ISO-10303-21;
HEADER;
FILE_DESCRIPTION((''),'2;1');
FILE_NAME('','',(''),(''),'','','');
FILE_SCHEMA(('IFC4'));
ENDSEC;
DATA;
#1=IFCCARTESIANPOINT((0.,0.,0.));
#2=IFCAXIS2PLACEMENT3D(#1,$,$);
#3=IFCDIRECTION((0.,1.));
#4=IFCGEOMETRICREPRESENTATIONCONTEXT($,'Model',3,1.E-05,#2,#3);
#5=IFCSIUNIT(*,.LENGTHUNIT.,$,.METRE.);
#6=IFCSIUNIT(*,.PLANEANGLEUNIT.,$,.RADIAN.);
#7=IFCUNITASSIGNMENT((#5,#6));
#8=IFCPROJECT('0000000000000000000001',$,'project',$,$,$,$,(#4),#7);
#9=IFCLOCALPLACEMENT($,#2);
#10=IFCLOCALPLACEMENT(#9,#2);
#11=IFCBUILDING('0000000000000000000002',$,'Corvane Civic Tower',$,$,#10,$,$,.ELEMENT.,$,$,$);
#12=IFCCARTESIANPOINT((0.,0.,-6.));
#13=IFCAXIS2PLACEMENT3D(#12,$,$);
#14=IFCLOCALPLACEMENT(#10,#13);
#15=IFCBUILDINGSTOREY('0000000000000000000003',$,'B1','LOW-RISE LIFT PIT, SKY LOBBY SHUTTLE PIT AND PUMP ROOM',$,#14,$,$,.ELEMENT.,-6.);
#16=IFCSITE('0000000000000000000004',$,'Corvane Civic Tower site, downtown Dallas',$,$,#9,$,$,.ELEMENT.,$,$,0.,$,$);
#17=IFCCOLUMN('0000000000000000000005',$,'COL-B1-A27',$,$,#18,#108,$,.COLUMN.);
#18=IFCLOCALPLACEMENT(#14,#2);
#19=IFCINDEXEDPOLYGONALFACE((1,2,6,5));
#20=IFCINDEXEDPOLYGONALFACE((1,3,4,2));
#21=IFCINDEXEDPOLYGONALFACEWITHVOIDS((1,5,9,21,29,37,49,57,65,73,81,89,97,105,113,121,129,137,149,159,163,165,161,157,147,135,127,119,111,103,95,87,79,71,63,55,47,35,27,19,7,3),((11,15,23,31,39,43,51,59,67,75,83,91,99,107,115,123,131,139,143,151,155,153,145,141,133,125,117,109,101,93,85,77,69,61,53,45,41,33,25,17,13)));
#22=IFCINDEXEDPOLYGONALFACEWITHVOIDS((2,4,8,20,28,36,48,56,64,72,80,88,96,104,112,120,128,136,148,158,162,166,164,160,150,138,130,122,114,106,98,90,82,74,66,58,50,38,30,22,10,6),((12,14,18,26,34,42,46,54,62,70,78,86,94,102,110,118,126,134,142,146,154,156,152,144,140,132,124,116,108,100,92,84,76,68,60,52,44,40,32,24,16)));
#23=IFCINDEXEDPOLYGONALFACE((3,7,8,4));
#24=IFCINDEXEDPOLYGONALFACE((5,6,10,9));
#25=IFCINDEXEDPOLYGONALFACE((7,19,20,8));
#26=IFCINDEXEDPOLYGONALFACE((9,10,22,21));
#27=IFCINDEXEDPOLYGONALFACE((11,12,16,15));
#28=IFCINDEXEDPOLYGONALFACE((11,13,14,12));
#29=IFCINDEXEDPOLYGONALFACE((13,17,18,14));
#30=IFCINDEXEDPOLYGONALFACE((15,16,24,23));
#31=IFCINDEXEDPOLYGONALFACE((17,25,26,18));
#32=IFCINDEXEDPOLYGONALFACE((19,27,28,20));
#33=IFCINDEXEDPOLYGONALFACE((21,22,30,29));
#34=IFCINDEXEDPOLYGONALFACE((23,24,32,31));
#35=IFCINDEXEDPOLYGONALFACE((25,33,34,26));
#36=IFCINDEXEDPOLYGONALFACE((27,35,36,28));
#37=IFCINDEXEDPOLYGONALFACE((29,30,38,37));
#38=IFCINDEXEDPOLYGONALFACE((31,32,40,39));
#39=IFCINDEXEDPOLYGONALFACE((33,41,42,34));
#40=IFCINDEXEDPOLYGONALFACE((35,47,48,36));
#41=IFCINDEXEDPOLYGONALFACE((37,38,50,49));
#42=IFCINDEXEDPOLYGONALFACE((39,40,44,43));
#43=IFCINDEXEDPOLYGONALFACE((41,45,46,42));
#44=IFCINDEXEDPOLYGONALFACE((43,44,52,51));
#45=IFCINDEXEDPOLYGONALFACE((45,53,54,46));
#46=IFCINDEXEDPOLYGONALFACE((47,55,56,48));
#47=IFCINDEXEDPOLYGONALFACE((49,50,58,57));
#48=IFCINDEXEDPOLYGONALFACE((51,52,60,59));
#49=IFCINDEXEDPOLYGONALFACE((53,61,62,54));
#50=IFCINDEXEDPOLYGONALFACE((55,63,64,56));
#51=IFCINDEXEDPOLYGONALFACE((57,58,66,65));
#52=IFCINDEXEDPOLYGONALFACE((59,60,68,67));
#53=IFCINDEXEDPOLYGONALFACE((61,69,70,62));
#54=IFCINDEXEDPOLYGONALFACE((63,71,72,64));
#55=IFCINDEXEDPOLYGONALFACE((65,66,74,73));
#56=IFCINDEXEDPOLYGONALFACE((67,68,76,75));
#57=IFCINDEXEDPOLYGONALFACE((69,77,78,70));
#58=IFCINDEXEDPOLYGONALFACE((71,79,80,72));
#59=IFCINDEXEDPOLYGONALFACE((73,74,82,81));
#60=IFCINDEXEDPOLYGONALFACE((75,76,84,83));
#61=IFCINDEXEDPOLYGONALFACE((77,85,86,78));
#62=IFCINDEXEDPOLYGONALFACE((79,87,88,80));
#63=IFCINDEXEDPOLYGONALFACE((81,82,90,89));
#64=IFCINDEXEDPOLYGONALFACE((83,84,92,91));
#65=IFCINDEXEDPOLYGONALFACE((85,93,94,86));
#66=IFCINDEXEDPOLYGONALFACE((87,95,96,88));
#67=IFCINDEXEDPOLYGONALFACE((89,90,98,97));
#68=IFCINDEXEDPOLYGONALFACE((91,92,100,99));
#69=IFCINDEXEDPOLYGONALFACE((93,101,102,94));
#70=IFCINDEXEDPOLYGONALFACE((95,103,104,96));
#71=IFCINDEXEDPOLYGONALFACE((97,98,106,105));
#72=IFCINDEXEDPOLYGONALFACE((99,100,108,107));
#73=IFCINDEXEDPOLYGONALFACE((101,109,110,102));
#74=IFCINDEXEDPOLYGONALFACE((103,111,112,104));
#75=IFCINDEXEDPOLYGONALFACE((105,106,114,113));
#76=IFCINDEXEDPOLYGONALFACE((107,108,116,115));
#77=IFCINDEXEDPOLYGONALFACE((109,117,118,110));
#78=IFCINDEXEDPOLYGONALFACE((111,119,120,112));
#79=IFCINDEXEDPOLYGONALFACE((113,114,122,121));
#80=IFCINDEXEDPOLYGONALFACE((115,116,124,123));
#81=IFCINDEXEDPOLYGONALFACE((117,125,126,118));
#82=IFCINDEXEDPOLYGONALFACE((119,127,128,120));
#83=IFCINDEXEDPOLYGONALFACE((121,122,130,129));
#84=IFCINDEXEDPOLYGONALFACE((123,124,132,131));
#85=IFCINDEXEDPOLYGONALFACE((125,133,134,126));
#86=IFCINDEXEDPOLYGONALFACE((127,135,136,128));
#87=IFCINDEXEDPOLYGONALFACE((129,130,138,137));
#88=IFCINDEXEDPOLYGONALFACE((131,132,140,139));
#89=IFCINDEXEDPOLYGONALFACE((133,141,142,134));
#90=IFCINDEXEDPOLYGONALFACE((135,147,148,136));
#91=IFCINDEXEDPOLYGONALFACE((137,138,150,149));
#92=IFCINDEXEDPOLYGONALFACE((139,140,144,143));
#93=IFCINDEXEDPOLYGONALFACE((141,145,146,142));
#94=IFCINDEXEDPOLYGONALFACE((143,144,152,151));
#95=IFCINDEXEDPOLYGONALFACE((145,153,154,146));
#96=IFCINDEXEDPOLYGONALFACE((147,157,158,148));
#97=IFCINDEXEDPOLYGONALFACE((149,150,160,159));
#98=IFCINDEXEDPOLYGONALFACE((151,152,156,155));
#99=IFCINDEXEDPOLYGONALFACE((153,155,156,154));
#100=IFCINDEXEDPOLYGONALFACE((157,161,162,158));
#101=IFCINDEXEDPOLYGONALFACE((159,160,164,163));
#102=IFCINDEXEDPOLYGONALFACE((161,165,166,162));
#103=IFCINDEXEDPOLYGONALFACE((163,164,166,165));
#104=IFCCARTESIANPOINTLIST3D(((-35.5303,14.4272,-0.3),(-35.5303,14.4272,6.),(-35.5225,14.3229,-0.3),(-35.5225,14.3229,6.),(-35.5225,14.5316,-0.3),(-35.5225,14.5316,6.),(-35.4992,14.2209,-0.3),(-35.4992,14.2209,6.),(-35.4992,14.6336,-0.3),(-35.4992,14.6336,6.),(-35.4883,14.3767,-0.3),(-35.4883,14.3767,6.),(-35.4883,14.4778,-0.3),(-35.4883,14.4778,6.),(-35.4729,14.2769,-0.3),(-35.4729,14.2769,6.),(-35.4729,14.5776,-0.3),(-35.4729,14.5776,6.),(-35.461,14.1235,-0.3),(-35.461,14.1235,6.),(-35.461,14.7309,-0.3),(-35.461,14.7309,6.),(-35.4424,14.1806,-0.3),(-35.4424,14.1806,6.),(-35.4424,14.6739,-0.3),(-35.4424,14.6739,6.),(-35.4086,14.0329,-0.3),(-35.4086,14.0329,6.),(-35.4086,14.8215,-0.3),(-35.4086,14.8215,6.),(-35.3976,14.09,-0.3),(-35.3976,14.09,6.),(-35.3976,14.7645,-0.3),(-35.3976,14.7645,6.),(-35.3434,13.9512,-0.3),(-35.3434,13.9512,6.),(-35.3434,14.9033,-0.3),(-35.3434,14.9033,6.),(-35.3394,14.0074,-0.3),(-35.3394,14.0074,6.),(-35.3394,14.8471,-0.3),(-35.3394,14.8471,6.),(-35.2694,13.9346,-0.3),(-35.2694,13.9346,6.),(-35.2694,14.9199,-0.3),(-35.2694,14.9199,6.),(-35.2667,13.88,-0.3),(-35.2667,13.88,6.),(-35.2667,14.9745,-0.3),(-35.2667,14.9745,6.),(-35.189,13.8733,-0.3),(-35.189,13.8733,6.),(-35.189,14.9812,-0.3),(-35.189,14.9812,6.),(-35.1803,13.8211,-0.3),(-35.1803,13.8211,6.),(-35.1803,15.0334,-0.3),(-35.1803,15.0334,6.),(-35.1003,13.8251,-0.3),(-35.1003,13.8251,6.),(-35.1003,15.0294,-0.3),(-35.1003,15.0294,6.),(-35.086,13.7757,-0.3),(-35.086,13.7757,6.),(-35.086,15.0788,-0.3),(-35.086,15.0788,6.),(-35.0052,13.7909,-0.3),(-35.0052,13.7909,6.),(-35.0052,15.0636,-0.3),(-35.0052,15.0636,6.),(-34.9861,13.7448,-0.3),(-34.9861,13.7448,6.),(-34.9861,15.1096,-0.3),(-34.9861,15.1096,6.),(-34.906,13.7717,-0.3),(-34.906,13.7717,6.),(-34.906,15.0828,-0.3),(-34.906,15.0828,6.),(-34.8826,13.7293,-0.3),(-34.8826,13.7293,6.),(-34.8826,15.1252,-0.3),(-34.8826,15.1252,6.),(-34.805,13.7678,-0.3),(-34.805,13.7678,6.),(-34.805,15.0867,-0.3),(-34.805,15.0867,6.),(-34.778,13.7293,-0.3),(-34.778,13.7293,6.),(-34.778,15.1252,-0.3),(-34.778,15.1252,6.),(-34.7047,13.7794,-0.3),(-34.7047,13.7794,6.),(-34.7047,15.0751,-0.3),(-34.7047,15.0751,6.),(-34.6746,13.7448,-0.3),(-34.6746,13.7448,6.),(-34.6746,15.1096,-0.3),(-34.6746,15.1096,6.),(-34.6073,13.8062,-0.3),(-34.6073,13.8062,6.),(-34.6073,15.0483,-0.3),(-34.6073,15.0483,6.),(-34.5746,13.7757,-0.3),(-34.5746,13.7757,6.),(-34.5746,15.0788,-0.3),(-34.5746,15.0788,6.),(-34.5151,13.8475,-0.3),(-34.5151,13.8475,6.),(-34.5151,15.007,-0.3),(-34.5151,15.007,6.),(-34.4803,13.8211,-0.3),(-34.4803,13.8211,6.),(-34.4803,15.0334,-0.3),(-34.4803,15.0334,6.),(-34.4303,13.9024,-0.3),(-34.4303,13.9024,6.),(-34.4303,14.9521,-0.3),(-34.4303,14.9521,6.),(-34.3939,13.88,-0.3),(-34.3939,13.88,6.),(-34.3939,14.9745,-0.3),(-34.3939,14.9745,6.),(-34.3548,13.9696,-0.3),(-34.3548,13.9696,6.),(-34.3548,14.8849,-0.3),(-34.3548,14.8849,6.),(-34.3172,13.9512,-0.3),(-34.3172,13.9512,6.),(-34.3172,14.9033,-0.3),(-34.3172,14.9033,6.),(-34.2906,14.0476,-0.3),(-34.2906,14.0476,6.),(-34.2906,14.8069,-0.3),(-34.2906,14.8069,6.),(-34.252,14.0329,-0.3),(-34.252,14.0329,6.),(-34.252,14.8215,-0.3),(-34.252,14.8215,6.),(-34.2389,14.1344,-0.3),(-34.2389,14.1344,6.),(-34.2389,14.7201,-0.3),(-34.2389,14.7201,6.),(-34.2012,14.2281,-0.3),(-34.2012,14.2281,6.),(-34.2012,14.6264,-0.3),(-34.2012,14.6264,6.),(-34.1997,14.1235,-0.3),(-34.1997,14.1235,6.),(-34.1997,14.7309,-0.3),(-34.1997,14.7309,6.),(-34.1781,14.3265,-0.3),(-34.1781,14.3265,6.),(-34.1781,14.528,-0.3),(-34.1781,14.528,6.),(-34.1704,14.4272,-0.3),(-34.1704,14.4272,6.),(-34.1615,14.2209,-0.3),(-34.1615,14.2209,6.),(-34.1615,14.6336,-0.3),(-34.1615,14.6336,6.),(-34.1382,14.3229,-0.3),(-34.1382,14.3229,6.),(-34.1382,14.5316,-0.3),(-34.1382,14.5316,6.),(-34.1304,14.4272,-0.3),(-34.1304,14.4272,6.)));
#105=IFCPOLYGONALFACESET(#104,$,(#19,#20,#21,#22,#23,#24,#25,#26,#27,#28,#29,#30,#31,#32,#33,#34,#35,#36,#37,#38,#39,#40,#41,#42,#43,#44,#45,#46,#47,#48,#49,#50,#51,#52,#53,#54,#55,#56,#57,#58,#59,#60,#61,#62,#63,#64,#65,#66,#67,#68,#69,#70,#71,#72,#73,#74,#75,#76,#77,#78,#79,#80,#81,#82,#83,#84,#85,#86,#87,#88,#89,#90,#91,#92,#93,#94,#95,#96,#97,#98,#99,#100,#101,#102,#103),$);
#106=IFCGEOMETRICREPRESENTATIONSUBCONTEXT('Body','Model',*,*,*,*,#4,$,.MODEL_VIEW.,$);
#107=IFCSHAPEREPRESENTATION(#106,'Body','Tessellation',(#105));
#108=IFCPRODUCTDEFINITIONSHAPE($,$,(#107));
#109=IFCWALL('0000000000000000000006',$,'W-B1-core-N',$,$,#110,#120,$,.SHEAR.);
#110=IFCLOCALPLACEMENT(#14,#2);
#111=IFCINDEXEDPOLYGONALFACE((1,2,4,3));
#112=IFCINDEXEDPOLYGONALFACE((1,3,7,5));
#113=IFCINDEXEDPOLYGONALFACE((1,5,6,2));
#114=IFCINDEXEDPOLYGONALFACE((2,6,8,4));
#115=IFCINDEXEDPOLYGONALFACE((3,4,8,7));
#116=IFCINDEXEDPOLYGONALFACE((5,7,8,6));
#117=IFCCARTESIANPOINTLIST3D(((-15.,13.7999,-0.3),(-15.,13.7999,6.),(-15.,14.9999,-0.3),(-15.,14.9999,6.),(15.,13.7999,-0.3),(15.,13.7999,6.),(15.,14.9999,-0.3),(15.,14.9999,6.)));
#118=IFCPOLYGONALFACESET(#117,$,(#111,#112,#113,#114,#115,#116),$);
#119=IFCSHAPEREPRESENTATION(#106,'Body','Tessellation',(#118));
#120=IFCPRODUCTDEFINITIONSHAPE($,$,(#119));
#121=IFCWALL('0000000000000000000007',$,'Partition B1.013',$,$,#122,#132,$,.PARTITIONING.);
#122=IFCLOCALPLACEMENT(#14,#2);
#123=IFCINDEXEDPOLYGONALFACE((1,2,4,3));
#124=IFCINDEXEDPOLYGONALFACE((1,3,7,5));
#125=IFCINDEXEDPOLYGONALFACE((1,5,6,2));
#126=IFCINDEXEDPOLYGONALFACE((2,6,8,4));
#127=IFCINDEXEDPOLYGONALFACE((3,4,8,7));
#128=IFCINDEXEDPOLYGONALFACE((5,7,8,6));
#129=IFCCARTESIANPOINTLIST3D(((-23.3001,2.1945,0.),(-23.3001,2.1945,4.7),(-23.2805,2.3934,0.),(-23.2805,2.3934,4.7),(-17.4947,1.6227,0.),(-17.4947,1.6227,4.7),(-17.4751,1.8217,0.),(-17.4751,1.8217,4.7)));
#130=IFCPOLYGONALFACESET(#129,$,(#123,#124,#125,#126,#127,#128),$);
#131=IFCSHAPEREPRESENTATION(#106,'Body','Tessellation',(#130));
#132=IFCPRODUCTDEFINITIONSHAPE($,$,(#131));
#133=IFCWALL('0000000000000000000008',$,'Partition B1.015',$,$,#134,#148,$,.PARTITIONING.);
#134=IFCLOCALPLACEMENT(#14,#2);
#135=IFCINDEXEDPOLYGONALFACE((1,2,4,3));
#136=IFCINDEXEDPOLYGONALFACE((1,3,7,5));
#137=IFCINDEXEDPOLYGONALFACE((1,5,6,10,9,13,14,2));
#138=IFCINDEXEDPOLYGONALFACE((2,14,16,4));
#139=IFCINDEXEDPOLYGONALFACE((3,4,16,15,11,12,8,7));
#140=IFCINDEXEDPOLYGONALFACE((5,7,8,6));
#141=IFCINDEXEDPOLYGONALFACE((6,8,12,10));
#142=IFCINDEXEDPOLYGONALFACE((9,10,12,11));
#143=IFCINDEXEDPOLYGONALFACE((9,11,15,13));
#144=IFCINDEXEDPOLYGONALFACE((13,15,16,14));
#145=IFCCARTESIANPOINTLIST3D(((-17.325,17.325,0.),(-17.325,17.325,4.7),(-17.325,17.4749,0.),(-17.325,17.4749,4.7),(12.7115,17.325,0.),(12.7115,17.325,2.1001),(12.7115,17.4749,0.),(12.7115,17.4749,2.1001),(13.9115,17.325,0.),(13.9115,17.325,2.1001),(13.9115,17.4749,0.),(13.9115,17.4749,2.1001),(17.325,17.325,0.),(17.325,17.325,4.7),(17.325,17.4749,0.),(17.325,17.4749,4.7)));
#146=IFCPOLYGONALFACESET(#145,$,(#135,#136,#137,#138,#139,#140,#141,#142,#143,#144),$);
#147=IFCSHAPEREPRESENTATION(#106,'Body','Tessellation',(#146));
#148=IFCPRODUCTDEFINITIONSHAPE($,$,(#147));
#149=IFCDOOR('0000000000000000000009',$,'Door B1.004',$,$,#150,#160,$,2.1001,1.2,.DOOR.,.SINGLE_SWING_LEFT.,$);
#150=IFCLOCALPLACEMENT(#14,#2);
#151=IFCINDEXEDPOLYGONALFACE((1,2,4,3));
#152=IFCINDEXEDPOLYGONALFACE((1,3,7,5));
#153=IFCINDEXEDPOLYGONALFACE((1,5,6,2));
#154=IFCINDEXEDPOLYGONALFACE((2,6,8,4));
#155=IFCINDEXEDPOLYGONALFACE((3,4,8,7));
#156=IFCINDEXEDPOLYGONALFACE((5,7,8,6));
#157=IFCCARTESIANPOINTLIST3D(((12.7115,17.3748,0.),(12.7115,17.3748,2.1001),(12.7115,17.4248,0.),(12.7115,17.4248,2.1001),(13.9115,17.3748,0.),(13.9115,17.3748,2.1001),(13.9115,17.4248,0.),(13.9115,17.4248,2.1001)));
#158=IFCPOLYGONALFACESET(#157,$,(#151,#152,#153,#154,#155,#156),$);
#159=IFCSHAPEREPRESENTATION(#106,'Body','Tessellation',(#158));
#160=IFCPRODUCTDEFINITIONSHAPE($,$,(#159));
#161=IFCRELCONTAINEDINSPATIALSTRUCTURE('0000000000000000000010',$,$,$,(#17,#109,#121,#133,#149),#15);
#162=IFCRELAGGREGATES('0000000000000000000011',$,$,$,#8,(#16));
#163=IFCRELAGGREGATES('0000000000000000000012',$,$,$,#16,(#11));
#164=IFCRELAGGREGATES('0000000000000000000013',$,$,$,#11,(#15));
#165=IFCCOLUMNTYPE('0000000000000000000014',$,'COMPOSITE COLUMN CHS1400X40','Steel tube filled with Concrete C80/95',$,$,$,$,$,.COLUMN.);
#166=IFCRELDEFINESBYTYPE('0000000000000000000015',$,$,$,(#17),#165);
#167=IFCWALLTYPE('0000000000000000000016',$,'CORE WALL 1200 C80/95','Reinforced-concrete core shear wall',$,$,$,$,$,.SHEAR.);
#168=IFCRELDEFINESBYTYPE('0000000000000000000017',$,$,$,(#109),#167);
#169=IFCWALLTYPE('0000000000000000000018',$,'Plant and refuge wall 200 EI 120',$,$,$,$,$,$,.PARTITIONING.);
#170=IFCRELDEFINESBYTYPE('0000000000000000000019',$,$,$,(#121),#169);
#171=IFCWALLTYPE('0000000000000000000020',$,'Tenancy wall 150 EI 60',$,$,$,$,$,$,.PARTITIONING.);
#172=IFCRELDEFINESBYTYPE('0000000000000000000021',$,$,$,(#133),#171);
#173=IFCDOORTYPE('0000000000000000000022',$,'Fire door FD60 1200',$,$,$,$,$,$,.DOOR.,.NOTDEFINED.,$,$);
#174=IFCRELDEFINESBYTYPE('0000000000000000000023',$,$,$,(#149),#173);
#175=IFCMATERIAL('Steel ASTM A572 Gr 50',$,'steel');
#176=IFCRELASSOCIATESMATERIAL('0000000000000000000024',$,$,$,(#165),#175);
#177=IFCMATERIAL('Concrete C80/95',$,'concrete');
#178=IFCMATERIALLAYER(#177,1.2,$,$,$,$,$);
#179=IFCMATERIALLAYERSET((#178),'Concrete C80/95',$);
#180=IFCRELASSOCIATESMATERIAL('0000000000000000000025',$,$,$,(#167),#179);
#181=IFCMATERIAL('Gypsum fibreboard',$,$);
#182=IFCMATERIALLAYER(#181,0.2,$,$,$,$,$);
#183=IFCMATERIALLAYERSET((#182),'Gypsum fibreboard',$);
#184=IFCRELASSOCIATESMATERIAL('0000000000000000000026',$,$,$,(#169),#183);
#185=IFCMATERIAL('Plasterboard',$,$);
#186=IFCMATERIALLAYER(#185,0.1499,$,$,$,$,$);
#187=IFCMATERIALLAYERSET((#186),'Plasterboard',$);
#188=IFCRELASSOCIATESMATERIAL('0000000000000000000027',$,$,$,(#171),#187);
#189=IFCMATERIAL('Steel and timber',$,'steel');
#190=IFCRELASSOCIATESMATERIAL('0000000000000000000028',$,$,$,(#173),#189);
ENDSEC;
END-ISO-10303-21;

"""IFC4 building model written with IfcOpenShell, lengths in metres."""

from ifc_helpers import new_model, si_unit, direction, frame, frame_2d, origin, origin_2d, place, context, subcontext, project, spatial, rectangle, hollow_circle, extrude, material, layer, layer_set, material_profile, profile_set, type_object, element, fill, save


model = new_model("IFC4")

# Units and contexts
model_context = context("Model", 3, precision=1e-05, world=origin(), true_north=direction((0.0, 1.0)))
body_context = subcontext(model_context, "Body", "Model", "MODEL_VIEW")
ifc_project = project(units=[si_unit("LENGTHUNIT", "METRE"), si_unit("PLANEANGLEUNIT", "RADIAN")], contexts=[model_context])

# Site, building, storey
site_placement = place(None, origin())
site = spatial("IfcSite", under=ifc_project, at=site_placement, Name="Corvane Civic Tower site, downtown Dallas", CompositionType="ELEMENT", RefElevation=0.0)
building_placement = place(site_placement, origin())
building = spatial("IfcBuilding", under=site, at=building_placement, Name="Corvane Civic Tower", CompositionType="ELEMENT")
storey_placement = place(building_placement, frame((0.0, 0.0, -6.0)))
storey = spatial("IfcBuildingStorey", under=building, at=storey_placement, Name="B1", Description="LOW-RISE LIFT PIT, SKY LOBBY SHUTTLE PIT AND PUMP ROOM", CompositionType="ELEMENT", Elevation=-6.0)

# Column
ifc_material_1 = material(Name="Steel ASTM A572 Gr 50", Category="steel")
ifc_material_profile_1 = material_profile(ifc_material_1, hollow_circle(Radius=0.7, WallThickness=0.04, at=origin_2d()), Name="CHS1400X40")
ifc_profile_set_1 = profile_set([ifc_material_profile_1], Name="Steel ASTM A572 Gr 50")
column_type = type_object("IfcColumnType", Name="COMPOSITE COLUMN CHS1400X40", Description="Steel tube filled with Concrete C80/95", PredefinedType="COLUMN", material=ifc_profile_set_1)
column_placement = place(storey_placement, frame((-34.8303, 14.4272, -0.3), z_axis=(0.0, 0.0, 1.0), x_axis=(1.0, 0.0, 0.0)))
element("IfcColumn", 1, at=column_placement, inside=storey, type_object=column_type, Name="COL-B1-A27", PredefinedType="COLUMN", context=body_context, shape_type="SweptSolid", body=[
    extrude(hollow_circle(Radius=0.7, WallThickness=0.04, at=origin_2d()), origin(), (0.0, 0.0, 1.0), 6.3),
])

# Walls
ifc_material_2 = material(Name="Concrete C80/95", Category="concrete")
ifc_layer_1 = layer(ifc_material_2, 1.2)
ifc_layer_set_1 = layer_set([ifc_layer_1], Name="Concrete C80/95")
wall_type_1 = type_object("IfcWallType", Name="CORE WALL 1200 C80/95", Description="Reinforced-concrete core shear wall", PredefinedType="SHEAR", material=ifc_layer_set_1)
wall_1_placement = place(storey_placement, frame((-15.0, 14.3999, -0.3), z_axis=(0.0, 0.0, 1.0), x_axis=(1.0, 0.0, 0.0)))
element("IfcWall", 2, at=wall_1_placement, inside=storey, type_object=wall_type_1, Name="W-B1-core-N", PredefinedType="SHEAR", context=body_context, shape_type="SweptSolid", body=[
    extrude(rectangle(XDim=30.0, YDim=1.2, at=frame_2d((15.0, 0.0))), origin(), (0.0, 0.0, 1.0), 6.3),
])
ifc_material_3 = material(Name="Gypsum fibreboard")
ifc_layer_2 = layer(ifc_material_3, 0.2)
ifc_layer_set_2 = layer_set([ifc_layer_2], Name="Gypsum fibreboard")
wall_type_2 = type_object("IfcWallType", Name="Plant and refuge wall 200 EI 120", PredefinedType="PARTITIONING", material=ifc_layer_set_2)
wall_2_placement = place(storey_placement, frame((-23.2903, 2.2939, 0.0), z_axis=(0.0, 0.0, 1.0), x_axis=(0.995185, -0.098016, 0.0)))
element("IfcWall", 3, at=wall_2_placement, inside=storey, type_object=wall_type_2, Name="Partition B1.013", PredefinedType="PARTITIONING", context=body_context, shape_type="SweptSolid", body=[
    extrude(rectangle(XDim=5.8335, YDim=0.2, at=frame_2d((2.9167, 0.0))), origin(), (0.0, 0.0, 1.0), 4.7),
])

# Wall, opening, door
ifc_material_4 = material(Name="Plasterboard")
ifc_layer_3 = layer(ifc_material_4, 0.1499)
ifc_layer_set_3 = layer_set([ifc_layer_3], Name="Plasterboard")
wall_type_3 = type_object("IfcWallType", Name="Tenancy wall 150 EI 60", PredefinedType="PARTITIONING", material=ifc_layer_set_3)
wall_3_placement = place(storey_placement, frame((-17.325, 17.3999, 0.0), z_axis=(0.0, 0.0, 1.0), x_axis=(1.0, 0.0, 0.0)))
wall_3 = element("IfcWall", 4, at=wall_3_placement, inside=storey, type_object=wall_type_3, Name="Partition B1.015", PredefinedType="PARTITIONING", context=body_context, shape_type="SweptSolid", body=[
    extrude(rectangle(XDim=34.6499, YDim=0.1499, at=frame_2d((17.325, 0.0))), origin(), (0.0, 0.0, 1.0), 4.7),
])
opening_placement = place(wall_3_placement, frame((30.0364, 0.0, 0.0)))
opening = element("IfcOpeningElement", 5, at=opening_placement, cuts=wall_3, PredefinedType="OPENING", context=body_context, shape_type="SweptSolid", body=[
    extrude(rectangle(XDim=1.2, YDim=2.1001, at=frame_2d((0.6001, 1.05))), frame((0.0, 0.085, 0.0), z_axis=(0.0, -1.0, 0.0), x_axis=(1.0, 0.0, 0.0)), (0.0, 0.0, 1.0), 0.1699),
])
ifc_material_5 = material(Name="Steel and timber", Category="steel")
door_type = type_object("IfcDoorType", Name="Fire door FD60 1200", OperationType="NOTDEFINED", PredefinedType="DOOR", material=ifc_material_5)
door_placement = place(opening_placement, origin())
door = element("IfcDoor", 6, at=door_placement, inside=storey, type_object=door_type, Name="Door B1.004", OperationType="SINGLE_SWING_LEFT", OverallHeight=2.1001, OverallWidth=1.2, PredefinedType="DOOR", context=body_context, shape_type="SweptSolid", body=[
    extrude(rectangle(XDim=1.2, YDim=2.1001, at=frame_2d((0.6001, 1.05))), frame((0.0, 0.0249, 0.0), z_axis=(0.0, -1.0, 0.0), x_axis=(1.0, 0.0, 0.0)), (0.0, 0.0, 1.0), 0.05),
])
fill(opening, door)

save(model, "model.ifc")
